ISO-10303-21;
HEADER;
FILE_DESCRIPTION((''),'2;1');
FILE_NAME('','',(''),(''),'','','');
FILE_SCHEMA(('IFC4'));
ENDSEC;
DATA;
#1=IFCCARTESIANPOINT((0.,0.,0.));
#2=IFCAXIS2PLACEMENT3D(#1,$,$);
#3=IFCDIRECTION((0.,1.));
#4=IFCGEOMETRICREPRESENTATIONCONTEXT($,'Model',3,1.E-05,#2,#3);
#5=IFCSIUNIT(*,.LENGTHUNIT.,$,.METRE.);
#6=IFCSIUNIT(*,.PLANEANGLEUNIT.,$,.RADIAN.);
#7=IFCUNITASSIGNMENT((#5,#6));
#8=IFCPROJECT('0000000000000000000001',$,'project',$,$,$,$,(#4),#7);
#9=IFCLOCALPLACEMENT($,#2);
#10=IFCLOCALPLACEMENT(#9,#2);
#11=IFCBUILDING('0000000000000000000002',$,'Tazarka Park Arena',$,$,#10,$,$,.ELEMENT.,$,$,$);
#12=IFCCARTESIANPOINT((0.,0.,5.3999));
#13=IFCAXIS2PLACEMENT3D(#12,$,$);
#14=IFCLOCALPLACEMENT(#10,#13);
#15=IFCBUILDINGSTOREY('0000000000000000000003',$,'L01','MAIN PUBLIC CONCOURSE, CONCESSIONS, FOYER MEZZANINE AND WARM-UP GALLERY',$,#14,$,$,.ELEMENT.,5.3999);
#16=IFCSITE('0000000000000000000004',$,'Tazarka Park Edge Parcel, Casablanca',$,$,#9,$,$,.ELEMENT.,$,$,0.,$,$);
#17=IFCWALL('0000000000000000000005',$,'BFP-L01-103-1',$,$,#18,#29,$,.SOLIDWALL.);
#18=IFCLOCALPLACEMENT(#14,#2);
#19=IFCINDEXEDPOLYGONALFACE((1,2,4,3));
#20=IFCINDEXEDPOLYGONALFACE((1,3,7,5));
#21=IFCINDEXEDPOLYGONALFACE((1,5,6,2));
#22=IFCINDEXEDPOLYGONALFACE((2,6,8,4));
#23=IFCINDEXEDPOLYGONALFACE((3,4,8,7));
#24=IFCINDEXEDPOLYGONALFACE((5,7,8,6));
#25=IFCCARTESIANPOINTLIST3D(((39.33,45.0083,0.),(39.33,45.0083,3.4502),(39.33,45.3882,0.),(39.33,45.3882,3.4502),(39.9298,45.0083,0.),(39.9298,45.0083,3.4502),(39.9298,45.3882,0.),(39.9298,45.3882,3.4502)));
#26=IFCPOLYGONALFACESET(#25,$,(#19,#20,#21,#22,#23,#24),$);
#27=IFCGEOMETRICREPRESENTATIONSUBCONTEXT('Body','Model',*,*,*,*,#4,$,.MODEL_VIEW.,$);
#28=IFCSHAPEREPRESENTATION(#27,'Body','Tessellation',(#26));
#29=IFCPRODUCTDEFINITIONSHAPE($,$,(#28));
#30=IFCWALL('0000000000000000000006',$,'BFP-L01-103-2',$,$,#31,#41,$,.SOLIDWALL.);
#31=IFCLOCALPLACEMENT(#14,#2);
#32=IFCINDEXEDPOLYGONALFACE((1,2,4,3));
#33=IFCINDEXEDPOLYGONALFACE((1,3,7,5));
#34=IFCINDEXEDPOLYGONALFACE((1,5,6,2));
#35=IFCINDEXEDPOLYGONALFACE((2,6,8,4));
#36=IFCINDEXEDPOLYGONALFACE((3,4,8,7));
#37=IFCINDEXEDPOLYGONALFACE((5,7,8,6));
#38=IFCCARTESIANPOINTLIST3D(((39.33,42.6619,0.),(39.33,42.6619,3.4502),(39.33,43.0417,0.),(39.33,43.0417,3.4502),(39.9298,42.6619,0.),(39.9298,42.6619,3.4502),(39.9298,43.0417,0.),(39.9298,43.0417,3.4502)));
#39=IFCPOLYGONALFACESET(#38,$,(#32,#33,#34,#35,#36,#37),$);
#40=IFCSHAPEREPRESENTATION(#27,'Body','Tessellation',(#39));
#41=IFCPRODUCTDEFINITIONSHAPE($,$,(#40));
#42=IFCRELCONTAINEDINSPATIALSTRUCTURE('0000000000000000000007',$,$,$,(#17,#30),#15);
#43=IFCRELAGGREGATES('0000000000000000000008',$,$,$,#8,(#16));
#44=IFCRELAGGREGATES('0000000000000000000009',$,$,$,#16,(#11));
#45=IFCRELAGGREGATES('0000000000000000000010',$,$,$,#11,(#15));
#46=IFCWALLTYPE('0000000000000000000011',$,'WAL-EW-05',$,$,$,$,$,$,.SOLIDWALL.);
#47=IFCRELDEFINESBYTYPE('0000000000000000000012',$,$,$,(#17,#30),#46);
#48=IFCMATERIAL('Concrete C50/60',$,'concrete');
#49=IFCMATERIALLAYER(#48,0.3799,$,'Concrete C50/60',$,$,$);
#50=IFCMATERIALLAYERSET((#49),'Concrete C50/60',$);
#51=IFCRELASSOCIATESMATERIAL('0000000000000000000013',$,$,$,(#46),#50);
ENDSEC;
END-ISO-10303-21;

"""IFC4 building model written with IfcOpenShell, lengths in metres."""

from ifc_helpers import new_model, si_unit, direction, frame, frame_2d, origin, place, context, subcontext, project, spatial, rectangle, extrude, material, layer, layer_set, type_object, element, save


model = new_model("IFC4")

# Units and contexts
model_context = context("Model", 3, precision=1e-05, world=origin(), true_north=direction((0.0, 1.0)))
body_context = subcontext(model_context, "Body", "Model", "MODEL_VIEW")
ifc_project = project(units=[si_unit("LENGTHUNIT", "METRE"), si_unit("PLANEANGLEUNIT", "RADIAN")], contexts=[model_context])

# Site, building, storey
site_placement = place(None, origin())
site = spatial("IfcSite", under=ifc_project, at=site_placement, Name="Tazarka Park Edge Parcel, Casablanca", CompositionType="ELEMENT", RefElevation=0.0)
building_placement = place(site_placement, origin())
building = spatial("IfcBuilding", under=site, at=building_placement, Name="Tazarka Park Arena", CompositionType="ELEMENT")
storey_placement = place(building_placement, frame((0.0, 0.0, 5.3999)))
storey = spatial("IfcBuildingStorey", under=building, at=storey_placement, Name="L01", Description="MAIN PUBLIC CONCOURSE, CONCESSIONS, FOYER MEZZANINE AND WARM-UP GALLERY", CompositionType="ELEMENT", Elevation=5.3999)

# Walls
ifc_material_1 = material(Name="Concrete C50/60", Category="concrete")
ifc_layer_1 = layer(ifc_material_1, 0.3799, Name="Concrete C50/60")
ifc_layer_set_1 = layer_set([ifc_layer_1], Name="Concrete C50/60")
wall_type = type_object("IfcWallType", Name="WAL-EW-05", PredefinedType="SOLIDWALL", material=ifc_layer_set_1)
for number, where, z_axis, x_axis, name in (
    (1, (39.3301, 45.1982, 0.0), (0.0, 0.0, 1.0), (1.0, 0.0, 0.0), "BFP-L01-103-1"),
    (2, (39.3301, 42.8518, 0.0), (0.0, 0.0, 1.0), (1.0, 0.0, 0.0), "BFP-L01-103-2"),
):
    element("IfcWall", number, at=place(storey_placement, frame(where, z_axis=z_axis, x_axis=x_axis)), inside=storey, type_object=wall_type, Name=name, PredefinedType="SOLIDWALL", context=body_context, shape_type="SweptSolid", body=[
        extrude(rectangle(XDim=0.5999, YDim=0.3799, at=frame_2d((0.2998, 0.0))), origin(), (0.0, 0.0, 1.0), 3.4502),
    ])

save(model, "model.ifc")
